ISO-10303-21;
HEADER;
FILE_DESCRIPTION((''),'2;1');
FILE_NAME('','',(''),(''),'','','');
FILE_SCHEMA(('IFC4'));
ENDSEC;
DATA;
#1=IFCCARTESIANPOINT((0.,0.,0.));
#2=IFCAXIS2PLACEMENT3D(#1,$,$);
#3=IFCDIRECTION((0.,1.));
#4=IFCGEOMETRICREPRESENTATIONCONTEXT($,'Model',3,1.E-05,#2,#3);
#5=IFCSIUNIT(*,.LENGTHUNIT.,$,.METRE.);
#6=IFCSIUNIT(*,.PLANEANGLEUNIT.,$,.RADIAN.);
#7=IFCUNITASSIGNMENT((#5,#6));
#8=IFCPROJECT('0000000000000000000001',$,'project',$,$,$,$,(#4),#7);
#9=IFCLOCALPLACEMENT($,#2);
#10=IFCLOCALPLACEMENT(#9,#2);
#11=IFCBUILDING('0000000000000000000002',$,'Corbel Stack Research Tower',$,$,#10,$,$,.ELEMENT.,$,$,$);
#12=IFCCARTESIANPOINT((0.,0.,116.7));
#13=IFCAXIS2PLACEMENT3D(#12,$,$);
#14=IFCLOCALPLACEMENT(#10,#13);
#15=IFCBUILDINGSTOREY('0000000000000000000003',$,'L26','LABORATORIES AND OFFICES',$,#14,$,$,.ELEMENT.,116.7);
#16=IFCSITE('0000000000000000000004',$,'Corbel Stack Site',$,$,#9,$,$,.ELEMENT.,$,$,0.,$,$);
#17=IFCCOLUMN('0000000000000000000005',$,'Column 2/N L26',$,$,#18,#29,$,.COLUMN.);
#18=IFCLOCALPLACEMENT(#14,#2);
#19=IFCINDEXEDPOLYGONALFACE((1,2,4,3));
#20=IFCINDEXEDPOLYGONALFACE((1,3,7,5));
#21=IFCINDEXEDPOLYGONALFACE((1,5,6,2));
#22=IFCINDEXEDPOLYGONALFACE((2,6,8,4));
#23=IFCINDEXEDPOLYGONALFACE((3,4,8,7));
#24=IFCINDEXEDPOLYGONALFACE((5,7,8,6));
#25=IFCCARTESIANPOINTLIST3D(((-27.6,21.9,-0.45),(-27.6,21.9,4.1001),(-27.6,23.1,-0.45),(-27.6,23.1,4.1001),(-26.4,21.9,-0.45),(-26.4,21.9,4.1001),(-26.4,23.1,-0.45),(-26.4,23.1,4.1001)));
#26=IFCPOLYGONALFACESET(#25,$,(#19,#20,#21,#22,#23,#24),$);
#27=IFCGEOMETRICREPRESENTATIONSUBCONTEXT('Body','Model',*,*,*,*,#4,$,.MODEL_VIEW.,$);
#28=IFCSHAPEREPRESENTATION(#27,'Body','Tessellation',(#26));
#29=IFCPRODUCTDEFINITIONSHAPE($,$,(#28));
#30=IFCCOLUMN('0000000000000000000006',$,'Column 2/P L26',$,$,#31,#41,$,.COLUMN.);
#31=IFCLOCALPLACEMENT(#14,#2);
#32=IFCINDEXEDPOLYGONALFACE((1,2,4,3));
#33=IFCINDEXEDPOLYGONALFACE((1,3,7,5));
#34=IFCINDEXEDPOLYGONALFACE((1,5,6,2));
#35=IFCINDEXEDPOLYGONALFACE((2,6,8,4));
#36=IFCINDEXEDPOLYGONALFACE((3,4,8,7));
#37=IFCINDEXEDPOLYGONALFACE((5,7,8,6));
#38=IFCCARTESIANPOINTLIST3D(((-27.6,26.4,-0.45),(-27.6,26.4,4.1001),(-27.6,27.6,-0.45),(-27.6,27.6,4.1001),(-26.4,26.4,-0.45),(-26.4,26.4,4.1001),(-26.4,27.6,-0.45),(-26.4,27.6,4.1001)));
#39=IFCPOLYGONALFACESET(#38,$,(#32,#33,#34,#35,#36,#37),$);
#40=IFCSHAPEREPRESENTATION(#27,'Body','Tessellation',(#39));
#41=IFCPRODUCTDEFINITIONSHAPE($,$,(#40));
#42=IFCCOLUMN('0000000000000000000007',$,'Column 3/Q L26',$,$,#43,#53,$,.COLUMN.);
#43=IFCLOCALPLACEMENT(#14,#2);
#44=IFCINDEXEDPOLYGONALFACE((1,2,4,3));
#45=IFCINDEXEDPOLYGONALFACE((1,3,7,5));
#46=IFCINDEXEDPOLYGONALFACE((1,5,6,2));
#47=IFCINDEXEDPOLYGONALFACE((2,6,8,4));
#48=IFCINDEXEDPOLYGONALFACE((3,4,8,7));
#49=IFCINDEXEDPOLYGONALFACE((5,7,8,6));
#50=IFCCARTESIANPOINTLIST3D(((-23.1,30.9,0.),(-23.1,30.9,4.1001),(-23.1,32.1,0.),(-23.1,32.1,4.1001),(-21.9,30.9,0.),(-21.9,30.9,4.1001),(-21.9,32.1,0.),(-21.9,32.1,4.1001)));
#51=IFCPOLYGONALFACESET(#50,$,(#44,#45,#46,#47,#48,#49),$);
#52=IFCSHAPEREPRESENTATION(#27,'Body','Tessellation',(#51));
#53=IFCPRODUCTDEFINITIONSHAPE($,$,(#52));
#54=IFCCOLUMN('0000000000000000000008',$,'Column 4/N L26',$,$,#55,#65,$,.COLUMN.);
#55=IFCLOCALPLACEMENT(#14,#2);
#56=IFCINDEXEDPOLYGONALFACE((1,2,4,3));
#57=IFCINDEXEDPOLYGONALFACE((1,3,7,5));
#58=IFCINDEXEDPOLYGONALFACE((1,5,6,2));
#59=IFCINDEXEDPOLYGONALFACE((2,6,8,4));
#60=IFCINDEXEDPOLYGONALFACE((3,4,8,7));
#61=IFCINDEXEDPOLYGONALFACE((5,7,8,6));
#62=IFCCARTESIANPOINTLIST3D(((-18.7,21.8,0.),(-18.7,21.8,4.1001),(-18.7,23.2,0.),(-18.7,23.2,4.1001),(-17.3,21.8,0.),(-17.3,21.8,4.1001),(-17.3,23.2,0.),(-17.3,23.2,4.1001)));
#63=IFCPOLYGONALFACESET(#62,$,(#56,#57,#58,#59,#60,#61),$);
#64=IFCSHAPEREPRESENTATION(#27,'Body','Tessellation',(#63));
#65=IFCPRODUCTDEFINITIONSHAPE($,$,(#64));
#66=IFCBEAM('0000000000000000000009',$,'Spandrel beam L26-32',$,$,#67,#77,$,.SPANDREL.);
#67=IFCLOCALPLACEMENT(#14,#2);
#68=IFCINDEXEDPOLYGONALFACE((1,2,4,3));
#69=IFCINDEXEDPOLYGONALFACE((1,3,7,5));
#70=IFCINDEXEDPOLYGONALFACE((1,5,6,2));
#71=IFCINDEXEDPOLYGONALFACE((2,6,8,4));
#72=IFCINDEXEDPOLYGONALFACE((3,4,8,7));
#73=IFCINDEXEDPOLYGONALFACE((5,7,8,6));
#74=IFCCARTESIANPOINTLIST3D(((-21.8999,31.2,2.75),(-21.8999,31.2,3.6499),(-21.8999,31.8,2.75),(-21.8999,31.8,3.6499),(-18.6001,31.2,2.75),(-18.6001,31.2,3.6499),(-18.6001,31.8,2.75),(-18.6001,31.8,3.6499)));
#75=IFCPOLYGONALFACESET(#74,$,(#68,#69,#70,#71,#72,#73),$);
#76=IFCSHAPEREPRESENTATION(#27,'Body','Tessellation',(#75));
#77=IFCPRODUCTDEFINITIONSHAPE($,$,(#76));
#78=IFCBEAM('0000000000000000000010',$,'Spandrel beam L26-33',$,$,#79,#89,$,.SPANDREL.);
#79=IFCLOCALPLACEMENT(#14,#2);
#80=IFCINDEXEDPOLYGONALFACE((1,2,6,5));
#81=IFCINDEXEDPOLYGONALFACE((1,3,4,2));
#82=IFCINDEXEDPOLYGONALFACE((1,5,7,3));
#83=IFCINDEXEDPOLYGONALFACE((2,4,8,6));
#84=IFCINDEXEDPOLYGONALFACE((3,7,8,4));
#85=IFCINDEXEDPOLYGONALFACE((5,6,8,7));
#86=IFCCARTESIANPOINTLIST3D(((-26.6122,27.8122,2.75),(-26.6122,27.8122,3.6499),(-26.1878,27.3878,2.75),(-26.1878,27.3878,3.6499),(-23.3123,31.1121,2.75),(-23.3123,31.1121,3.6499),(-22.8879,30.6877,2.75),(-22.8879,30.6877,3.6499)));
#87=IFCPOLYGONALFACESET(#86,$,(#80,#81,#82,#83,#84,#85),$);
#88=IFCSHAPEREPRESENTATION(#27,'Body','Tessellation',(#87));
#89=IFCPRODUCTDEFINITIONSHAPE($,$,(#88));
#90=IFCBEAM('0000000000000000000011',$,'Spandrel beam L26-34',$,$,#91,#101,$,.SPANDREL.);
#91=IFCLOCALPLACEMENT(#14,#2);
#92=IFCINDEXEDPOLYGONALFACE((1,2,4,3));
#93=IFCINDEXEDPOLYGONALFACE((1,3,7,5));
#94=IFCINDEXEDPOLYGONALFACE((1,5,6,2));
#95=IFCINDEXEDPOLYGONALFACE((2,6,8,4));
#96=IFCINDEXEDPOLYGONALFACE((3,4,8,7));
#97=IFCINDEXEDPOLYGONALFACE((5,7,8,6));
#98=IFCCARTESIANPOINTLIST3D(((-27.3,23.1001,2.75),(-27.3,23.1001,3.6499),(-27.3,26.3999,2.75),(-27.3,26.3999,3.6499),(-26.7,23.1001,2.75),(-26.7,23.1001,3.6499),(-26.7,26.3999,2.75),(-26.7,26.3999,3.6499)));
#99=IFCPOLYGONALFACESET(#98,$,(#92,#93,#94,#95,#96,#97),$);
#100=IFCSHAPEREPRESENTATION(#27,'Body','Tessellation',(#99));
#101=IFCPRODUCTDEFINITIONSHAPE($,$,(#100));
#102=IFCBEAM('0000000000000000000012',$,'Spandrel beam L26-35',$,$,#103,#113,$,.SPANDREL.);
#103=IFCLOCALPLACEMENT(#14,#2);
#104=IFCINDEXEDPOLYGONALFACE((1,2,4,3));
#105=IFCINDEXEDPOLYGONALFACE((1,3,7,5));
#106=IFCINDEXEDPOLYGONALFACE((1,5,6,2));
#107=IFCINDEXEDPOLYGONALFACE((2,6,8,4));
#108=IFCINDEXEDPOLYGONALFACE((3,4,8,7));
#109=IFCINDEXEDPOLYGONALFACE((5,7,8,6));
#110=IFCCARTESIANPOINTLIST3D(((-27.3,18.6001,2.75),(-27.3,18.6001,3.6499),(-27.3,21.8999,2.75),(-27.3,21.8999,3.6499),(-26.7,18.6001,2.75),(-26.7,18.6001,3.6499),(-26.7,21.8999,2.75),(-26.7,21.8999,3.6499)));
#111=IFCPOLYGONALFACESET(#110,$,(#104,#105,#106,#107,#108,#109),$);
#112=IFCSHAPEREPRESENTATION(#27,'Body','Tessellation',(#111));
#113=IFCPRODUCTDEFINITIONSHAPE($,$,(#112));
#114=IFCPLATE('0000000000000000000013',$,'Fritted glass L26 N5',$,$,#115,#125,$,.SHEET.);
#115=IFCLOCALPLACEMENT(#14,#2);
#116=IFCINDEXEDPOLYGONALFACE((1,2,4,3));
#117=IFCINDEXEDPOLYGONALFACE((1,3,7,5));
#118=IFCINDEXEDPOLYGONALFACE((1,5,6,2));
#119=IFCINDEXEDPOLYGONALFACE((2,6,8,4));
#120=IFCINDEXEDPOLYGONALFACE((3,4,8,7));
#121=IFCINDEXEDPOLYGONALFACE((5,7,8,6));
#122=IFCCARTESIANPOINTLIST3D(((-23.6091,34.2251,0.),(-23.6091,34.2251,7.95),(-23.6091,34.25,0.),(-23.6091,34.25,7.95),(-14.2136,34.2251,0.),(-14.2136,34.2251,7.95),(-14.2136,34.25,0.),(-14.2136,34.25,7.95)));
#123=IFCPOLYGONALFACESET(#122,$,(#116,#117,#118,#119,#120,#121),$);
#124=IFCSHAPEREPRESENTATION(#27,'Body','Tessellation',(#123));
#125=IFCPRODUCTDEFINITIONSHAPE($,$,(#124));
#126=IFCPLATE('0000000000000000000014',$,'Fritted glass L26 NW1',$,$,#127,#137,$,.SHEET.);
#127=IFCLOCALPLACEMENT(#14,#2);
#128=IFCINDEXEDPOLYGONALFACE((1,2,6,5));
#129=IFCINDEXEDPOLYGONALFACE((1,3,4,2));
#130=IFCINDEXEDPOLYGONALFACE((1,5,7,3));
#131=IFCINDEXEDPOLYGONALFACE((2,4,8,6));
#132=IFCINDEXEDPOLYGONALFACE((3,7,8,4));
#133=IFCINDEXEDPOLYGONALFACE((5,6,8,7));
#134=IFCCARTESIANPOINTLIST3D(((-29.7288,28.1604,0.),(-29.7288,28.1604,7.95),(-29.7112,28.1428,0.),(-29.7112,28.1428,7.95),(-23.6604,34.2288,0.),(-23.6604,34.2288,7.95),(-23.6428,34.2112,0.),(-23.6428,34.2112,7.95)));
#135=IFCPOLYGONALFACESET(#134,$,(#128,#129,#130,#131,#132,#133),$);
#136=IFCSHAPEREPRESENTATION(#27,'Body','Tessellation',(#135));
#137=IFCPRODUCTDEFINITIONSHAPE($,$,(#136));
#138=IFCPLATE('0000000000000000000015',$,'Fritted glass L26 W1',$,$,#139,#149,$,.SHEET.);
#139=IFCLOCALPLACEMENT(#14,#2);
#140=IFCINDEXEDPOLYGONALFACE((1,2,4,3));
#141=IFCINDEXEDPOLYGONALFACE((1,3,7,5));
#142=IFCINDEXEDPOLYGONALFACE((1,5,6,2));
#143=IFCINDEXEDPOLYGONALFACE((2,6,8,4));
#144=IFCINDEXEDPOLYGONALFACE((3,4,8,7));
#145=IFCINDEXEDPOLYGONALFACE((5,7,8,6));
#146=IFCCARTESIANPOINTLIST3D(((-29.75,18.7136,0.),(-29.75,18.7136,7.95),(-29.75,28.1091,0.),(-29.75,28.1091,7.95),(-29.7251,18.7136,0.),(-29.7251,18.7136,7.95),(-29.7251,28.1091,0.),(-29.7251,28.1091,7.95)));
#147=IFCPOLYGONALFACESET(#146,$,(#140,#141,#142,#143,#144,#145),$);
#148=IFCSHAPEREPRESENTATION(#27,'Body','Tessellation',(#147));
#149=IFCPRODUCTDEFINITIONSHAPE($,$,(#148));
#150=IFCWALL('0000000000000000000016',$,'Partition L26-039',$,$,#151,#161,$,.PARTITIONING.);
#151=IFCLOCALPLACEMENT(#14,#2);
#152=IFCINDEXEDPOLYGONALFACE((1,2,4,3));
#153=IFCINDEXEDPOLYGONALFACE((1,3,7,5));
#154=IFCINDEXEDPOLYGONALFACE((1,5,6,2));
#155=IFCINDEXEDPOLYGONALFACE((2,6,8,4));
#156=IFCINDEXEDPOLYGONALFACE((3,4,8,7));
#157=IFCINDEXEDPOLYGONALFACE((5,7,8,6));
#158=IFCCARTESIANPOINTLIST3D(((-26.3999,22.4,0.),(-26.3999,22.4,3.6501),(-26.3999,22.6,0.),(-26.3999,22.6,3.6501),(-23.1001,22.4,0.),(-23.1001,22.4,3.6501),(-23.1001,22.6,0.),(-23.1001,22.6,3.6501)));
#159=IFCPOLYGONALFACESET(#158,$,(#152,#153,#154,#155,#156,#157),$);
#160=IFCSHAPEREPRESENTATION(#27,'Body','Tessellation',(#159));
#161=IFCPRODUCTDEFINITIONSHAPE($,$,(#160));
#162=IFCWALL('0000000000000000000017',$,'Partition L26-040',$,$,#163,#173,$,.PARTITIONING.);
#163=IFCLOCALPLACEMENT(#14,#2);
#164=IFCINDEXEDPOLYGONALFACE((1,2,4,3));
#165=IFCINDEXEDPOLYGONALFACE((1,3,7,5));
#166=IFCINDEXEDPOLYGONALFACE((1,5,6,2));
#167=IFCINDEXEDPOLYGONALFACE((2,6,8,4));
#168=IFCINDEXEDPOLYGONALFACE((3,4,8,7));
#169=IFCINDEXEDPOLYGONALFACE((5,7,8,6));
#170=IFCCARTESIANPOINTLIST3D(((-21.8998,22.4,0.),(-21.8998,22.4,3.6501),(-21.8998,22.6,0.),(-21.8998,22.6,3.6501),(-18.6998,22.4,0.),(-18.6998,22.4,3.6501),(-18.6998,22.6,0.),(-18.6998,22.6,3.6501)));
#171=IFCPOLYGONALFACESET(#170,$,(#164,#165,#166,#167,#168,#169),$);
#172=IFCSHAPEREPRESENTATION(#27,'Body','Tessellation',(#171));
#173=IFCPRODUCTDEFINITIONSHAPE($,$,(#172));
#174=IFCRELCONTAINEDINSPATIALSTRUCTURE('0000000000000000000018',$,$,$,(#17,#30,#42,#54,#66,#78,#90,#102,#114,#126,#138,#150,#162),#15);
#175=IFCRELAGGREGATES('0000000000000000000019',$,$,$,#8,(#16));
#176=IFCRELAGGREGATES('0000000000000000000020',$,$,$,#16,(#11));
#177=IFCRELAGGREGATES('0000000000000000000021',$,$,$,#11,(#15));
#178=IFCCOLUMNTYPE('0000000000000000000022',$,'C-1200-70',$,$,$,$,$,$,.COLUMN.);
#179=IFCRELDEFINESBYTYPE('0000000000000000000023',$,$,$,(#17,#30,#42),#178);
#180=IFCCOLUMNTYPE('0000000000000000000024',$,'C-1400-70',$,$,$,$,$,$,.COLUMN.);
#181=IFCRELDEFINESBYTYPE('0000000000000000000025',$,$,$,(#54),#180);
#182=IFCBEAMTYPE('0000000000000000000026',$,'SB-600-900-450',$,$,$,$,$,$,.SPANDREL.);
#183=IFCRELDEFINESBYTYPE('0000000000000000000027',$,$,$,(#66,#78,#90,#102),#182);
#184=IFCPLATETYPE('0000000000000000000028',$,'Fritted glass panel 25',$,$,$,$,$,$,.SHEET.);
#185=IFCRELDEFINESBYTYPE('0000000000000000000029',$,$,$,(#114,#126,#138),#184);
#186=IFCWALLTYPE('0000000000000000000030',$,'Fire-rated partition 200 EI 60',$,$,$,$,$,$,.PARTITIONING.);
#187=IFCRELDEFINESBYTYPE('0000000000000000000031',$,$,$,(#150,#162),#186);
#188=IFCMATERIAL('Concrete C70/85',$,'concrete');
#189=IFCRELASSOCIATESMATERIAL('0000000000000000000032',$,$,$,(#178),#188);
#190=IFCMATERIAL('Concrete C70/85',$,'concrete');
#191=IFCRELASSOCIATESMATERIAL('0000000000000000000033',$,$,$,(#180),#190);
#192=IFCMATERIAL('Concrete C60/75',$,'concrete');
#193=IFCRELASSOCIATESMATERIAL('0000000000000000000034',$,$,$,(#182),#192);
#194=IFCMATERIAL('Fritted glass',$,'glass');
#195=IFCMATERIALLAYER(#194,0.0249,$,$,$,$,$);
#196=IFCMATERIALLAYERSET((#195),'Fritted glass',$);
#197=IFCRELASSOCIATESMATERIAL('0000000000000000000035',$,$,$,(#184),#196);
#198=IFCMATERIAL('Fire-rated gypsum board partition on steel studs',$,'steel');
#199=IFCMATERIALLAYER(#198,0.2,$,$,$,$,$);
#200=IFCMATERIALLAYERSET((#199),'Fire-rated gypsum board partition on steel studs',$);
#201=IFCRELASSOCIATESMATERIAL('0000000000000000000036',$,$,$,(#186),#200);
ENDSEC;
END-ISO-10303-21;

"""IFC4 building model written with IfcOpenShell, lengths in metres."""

from ifc_helpers import new_model, si_unit, direction, frame, frame_2d, origin, origin_2d, place, context, subcontext, project, spatial, rectangle, extrude, material, layer, layer_set, material_profile, profile_set, type_object, element, save


model = new_model("IFC4")

# Units and contexts
model_context = context("Model", 3, precision=1e-05, world=origin(), true_north=direction((0.0, 1.0)))
body_context = subcontext(model_context, "Body", "Model", "MODEL_VIEW")
ifc_project = project(units=[si_unit("LENGTHUNIT", "METRE"), si_unit("PLANEANGLEUNIT", "RADIAN")], contexts=[model_context])

# Site, building, storey
site_placement = place(None, origin())
site = spatial("IfcSite", under=ifc_project, at=site_placement, Name="Corbel Stack Site", CompositionType="ELEMENT", RefElevation=0.0)
building_placement = place(site_placement, origin())
building = spatial("IfcBuilding", under=site, at=building_placement, Name="Corbel Stack Research Tower", CompositionType="ELEMENT")
storey_placement = place(building_placement, frame((0.0, 0.0, 116.7)))
storey = spatial("IfcBuildingStorey", under=building, at=storey_placement, Name="L26", Description="LABORATORIES AND OFFICES", CompositionType="ELEMENT", Elevation=116.7)

# Columns
ifc_material_1 = material(Name="Concrete C70/85", Category="concrete")
ifc_material_profile_1 = material_profile(ifc_material_1, rectangle(XDim=1.2, YDim=1.2, at=origin_2d()), Name="RC 1200 x 1200")
ifc_profile_set_1 = profile_set([ifc_material_profile_1], Name="Concrete C70/85")
column_type_1 = type_object("IfcColumnType", Name="C-1200-70", PredefinedType="COLUMN", material=ifc_profile_set_1)
for number, where, z_axis, x_axis, name in (
    (1, (-27.0, 22.5, -0.45), (0.0, 0.0, 1.0), (1.0, 0.0, 0.0), "Column 2/N L26"),
    (2, (-27.0, 27.0, -0.45), (0.0, 0.0, 1.0), (1.0, 0.0, 0.0), "Column 2/P L26"),
):
    element("IfcColumn", number, at=place(storey_placement, frame(where, z_axis=z_axis, x_axis=x_axis)), inside=storey, type_object=column_type_1, Name=name, PredefinedType="COLUMN", context=body_context, shape_type="SweptSolid", body=[
        extrude(rectangle(XDim=1.2, YDim=1.2, at=origin_2d()), origin(), (0.0, 0.0, 1.0), 4.55),
    ])
column_1_placement = place(storey_placement, frame((-22.5, 31.5, 0.0), z_axis=(0.0, 0.0, 1.0), x_axis=(1.0, 0.0, 0.0)))
element("IfcColumn", 3, at=column_1_placement, inside=storey, type_object=column_type_1, Name="Column 3/Q L26", PredefinedType="COLUMN", context=body_context, shape_type="SweptSolid", body=[
    extrude(rectangle(XDim=1.2, YDim=1.2, at=origin_2d()), origin(), (0.0, 0.0, 1.0), 4.1001),
])
ifc_material_2 = material(Name="Concrete C70/85", Category="concrete")
ifc_material_profile_2 = material_profile(ifc_material_2, rectangle(XDim=1.3999, YDim=1.3999, at=origin_2d()), Name="RC 1400 x 1400")
ifc_profile_set_2 = profile_set([ifc_material_profile_2], Name="Concrete C70/85")
column_type_2 = type_object("IfcColumnType", Name="C-1400-70", PredefinedType="COLUMN", material=ifc_profile_set_2)
column_2_placement = place(storey_placement, frame((-18.0, 22.5, 0.0), z_axis=(0.0, 0.0, 1.0), x_axis=(1.0, 0.0, 0.0)))
element("IfcColumn", 4, at=column_2_placement, inside=storey, type_object=column_type_2, Name="Column 4/N L26", PredefinedType="COLUMN", context=body_context, shape_type="SweptSolid", body=[
    extrude(rectangle(XDim=1.3999, YDim=1.3999, at=origin_2d()), origin(), (0.0, 0.0, 1.0), 4.1001),
])

# Beams
ifc_material_3 = material(Name="Concrete C60/75", Category="concrete")
ifc_material_profile_3 = material_profile(ifc_material_3, rectangle(XDim=0.6001, YDim=0.8999, at=origin_2d()), Name="RC 600 x 900")
ifc_profile_set_3 = profile_set([ifc_material_profile_3], Name="Concrete C60/75")
beam_type = type_object("IfcBeamType", Name="SB-600-900-450", PredefinedType="SPANDREL", material=ifc_profile_set_3)
beam_1_placement = place(storey_placement, frame((-18.6001, 31.5, 3.2), z_axis=(-1.0, 0.0, 0.0), x_axis=(0.0, -1.0, 0.0)))
element("IfcBeam", 5, at=beam_1_placement, inside=storey, type_object=beam_type, Name="Spandrel beam L26-32", PredefinedType="SPANDREL", context=body_context, shape_type="SweptSolid", body=[
    extrude(rectangle(XDim=0.6001, YDim=0.8999, at=origin_2d()), origin(), (0.0, 0.0, 1.0), 3.2998),
])
beam_2_placement = place(storey_placement, frame((-23.1001, 30.8999, 3.2), z_axis=(-0.707107, -0.707107, 0.0), x_axis=(0.707107, -0.707107, 0.0)))
element("IfcBeam", 6, at=beam_2_placement, inside=storey, type_object=beam_type, Name="Spandrel beam L26-33", PredefinedType="SPANDREL", context=body_context, shape_type="SweptSolid", body=[
    extrude(rectangle(XDim=0.6001, YDim=0.8999, at=origin_2d()), origin(), (0.0, 0.0, 1.0), 4.6667),
])
for number, where, z_axis, x_axis, name in (
    (7, (-27.0, 26.3999, 3.2), (0.0, -1.0, 0.0), (1.0, 0.0, 0.0), "Spandrel beam L26-34"),
    (8, (-27.0, 21.8999, 3.2), (0.0, -1.0, 0.0), (1.0, 0.0, 0.0), "Spandrel beam L26-35"),
):
    element("IfcBeam", number, at=place(storey_placement, frame(where, z_axis=z_axis, x_axis=x_axis)), inside=storey, type_object=beam_type, Name=name, PredefinedType="SPANDREL", context=body_context, shape_type="SweptSolid", body=[
        extrude(rectangle(XDim=0.6001, YDim=0.8999, at=origin_2d()), origin(), (0.0, 0.0, 1.0), 3.2998),
    ])

# Plates
ifc_material_4 = material(Name="Fritted glass", Category="glass")
ifc_layer_1 = layer(ifc_material_4, 0.0249)
ifc_layer_set_1 = layer_set([ifc_layer_1], Name="Fritted glass")
plate_type = type_object("IfcPlateType", Name="Fritted glass panel 25", PredefinedType="SHEET", material=ifc_layer_set_1)
plate_1_placement = place(storey_placement, frame((-18.9114, 34.2375, 0.0), z_axis=(0.0, 0.0, 1.0), x_axis=(-1.0, 0.0, 0.0)))
element("IfcPlate", 9, at=plate_1_placement, inside=storey, type_object=plate_type, Name="Fritted glass L26 N5", PredefinedType="SHEET", context=body_context, shape_type="SweptSolid", body=[
    extrude(rectangle(XDim=9.3955, YDim=0.0249, at=origin_2d()), origin(), (0.0, 0.0, 1.0), 7.95),
])
plate_2_placement = place(storey_placement, frame((-26.6858, 31.1858, 0.0), z_axis=(0.0, 0.0, 1.0), x_axis=(-0.707107, -0.707107, 0.0)))
element("IfcPlate", 10, at=plate_2_placement, inside=storey, type_object=plate_type, Name="Fritted glass L26 NW1", PredefinedType="SHEET", context=body_context, shape_type="SweptSolid", body=[
    extrude(rectangle(XDim=8.582, YDim=0.0249, at=origin_2d()), origin(), (0.0, 0.0, 1.0), 7.95),
])
plate_3_placement = place(storey_placement, frame((-29.7375, 23.4114, 0.0), z_axis=(0.0, 0.0, 1.0), x_axis=(0.0, -1.0, 0.0)))
element("IfcPlate", 11, at=plate_3_placement, inside=storey, type_object=plate_type, Name="Fritted glass L26 W1", PredefinedType="SHEET", context=body_context, shape_type="SweptSolid", body=[
    extrude(rectangle(XDim=9.3955, YDim=0.0249, at=origin_2d()), origin(), (0.0, 0.0, 1.0), 7.95),
])

# Walls
ifc_material_5 = material(Name="Fire-rated gypsum board partition on steel studs", Category="steel")
ifc_layer_2 = layer(ifc_material_5, 0.2)
ifc_layer_set_2 = layer_set([ifc_layer_2], Name="Fire-rated gypsum board partition on steel studs")
wall_type_1 = type_object("IfcWallType", Name="Fire-rated partition 200 EI 60", PredefinedType="PARTITIONING", material=ifc_layer_set_2)
wall_1_placement = place(storey_placement, frame((-26.3999, 22.5, 0.0), z_axis=(0.0, 0.0, 1.0), x_axis=(1.0, 0.0, 0.0)))
element("IfcWall", 12, at=wall_1_placement, inside=storey, type_object=wall_type_1, Name="Partition L26-039", PredefinedType="PARTITIONING", context=body_context, shape_type="SweptSolid", body=[
    extrude(rectangle(XDim=3.2998, YDim=0.2, at=frame_2d((1.6499, 0.0))), origin(), (0.0, 0.0, 1.0), 3.6501),
])
wall_2_placement = place(storey_placement, frame((-21.8999, 22.5, 0.0), z_axis=(0.0, 0.0, 1.0), x_axis=(1.0, 0.0, 0.0)))
element("IfcWall", 13, at=wall_2_placement, inside=storey, type_object=wall_type_1, Name="Partition L26-040", PredefinedType="PARTITIONING", context=body_context, shape_type="SweptSolid", body=[
    extrude(rectangle(XDim=3.2, YDim=0.2, at=frame_2d((1.6001, 0.0))), origin(), (0.0, 0.0, 1.0), 3.6501),
])

save(model, "model.ifc")
